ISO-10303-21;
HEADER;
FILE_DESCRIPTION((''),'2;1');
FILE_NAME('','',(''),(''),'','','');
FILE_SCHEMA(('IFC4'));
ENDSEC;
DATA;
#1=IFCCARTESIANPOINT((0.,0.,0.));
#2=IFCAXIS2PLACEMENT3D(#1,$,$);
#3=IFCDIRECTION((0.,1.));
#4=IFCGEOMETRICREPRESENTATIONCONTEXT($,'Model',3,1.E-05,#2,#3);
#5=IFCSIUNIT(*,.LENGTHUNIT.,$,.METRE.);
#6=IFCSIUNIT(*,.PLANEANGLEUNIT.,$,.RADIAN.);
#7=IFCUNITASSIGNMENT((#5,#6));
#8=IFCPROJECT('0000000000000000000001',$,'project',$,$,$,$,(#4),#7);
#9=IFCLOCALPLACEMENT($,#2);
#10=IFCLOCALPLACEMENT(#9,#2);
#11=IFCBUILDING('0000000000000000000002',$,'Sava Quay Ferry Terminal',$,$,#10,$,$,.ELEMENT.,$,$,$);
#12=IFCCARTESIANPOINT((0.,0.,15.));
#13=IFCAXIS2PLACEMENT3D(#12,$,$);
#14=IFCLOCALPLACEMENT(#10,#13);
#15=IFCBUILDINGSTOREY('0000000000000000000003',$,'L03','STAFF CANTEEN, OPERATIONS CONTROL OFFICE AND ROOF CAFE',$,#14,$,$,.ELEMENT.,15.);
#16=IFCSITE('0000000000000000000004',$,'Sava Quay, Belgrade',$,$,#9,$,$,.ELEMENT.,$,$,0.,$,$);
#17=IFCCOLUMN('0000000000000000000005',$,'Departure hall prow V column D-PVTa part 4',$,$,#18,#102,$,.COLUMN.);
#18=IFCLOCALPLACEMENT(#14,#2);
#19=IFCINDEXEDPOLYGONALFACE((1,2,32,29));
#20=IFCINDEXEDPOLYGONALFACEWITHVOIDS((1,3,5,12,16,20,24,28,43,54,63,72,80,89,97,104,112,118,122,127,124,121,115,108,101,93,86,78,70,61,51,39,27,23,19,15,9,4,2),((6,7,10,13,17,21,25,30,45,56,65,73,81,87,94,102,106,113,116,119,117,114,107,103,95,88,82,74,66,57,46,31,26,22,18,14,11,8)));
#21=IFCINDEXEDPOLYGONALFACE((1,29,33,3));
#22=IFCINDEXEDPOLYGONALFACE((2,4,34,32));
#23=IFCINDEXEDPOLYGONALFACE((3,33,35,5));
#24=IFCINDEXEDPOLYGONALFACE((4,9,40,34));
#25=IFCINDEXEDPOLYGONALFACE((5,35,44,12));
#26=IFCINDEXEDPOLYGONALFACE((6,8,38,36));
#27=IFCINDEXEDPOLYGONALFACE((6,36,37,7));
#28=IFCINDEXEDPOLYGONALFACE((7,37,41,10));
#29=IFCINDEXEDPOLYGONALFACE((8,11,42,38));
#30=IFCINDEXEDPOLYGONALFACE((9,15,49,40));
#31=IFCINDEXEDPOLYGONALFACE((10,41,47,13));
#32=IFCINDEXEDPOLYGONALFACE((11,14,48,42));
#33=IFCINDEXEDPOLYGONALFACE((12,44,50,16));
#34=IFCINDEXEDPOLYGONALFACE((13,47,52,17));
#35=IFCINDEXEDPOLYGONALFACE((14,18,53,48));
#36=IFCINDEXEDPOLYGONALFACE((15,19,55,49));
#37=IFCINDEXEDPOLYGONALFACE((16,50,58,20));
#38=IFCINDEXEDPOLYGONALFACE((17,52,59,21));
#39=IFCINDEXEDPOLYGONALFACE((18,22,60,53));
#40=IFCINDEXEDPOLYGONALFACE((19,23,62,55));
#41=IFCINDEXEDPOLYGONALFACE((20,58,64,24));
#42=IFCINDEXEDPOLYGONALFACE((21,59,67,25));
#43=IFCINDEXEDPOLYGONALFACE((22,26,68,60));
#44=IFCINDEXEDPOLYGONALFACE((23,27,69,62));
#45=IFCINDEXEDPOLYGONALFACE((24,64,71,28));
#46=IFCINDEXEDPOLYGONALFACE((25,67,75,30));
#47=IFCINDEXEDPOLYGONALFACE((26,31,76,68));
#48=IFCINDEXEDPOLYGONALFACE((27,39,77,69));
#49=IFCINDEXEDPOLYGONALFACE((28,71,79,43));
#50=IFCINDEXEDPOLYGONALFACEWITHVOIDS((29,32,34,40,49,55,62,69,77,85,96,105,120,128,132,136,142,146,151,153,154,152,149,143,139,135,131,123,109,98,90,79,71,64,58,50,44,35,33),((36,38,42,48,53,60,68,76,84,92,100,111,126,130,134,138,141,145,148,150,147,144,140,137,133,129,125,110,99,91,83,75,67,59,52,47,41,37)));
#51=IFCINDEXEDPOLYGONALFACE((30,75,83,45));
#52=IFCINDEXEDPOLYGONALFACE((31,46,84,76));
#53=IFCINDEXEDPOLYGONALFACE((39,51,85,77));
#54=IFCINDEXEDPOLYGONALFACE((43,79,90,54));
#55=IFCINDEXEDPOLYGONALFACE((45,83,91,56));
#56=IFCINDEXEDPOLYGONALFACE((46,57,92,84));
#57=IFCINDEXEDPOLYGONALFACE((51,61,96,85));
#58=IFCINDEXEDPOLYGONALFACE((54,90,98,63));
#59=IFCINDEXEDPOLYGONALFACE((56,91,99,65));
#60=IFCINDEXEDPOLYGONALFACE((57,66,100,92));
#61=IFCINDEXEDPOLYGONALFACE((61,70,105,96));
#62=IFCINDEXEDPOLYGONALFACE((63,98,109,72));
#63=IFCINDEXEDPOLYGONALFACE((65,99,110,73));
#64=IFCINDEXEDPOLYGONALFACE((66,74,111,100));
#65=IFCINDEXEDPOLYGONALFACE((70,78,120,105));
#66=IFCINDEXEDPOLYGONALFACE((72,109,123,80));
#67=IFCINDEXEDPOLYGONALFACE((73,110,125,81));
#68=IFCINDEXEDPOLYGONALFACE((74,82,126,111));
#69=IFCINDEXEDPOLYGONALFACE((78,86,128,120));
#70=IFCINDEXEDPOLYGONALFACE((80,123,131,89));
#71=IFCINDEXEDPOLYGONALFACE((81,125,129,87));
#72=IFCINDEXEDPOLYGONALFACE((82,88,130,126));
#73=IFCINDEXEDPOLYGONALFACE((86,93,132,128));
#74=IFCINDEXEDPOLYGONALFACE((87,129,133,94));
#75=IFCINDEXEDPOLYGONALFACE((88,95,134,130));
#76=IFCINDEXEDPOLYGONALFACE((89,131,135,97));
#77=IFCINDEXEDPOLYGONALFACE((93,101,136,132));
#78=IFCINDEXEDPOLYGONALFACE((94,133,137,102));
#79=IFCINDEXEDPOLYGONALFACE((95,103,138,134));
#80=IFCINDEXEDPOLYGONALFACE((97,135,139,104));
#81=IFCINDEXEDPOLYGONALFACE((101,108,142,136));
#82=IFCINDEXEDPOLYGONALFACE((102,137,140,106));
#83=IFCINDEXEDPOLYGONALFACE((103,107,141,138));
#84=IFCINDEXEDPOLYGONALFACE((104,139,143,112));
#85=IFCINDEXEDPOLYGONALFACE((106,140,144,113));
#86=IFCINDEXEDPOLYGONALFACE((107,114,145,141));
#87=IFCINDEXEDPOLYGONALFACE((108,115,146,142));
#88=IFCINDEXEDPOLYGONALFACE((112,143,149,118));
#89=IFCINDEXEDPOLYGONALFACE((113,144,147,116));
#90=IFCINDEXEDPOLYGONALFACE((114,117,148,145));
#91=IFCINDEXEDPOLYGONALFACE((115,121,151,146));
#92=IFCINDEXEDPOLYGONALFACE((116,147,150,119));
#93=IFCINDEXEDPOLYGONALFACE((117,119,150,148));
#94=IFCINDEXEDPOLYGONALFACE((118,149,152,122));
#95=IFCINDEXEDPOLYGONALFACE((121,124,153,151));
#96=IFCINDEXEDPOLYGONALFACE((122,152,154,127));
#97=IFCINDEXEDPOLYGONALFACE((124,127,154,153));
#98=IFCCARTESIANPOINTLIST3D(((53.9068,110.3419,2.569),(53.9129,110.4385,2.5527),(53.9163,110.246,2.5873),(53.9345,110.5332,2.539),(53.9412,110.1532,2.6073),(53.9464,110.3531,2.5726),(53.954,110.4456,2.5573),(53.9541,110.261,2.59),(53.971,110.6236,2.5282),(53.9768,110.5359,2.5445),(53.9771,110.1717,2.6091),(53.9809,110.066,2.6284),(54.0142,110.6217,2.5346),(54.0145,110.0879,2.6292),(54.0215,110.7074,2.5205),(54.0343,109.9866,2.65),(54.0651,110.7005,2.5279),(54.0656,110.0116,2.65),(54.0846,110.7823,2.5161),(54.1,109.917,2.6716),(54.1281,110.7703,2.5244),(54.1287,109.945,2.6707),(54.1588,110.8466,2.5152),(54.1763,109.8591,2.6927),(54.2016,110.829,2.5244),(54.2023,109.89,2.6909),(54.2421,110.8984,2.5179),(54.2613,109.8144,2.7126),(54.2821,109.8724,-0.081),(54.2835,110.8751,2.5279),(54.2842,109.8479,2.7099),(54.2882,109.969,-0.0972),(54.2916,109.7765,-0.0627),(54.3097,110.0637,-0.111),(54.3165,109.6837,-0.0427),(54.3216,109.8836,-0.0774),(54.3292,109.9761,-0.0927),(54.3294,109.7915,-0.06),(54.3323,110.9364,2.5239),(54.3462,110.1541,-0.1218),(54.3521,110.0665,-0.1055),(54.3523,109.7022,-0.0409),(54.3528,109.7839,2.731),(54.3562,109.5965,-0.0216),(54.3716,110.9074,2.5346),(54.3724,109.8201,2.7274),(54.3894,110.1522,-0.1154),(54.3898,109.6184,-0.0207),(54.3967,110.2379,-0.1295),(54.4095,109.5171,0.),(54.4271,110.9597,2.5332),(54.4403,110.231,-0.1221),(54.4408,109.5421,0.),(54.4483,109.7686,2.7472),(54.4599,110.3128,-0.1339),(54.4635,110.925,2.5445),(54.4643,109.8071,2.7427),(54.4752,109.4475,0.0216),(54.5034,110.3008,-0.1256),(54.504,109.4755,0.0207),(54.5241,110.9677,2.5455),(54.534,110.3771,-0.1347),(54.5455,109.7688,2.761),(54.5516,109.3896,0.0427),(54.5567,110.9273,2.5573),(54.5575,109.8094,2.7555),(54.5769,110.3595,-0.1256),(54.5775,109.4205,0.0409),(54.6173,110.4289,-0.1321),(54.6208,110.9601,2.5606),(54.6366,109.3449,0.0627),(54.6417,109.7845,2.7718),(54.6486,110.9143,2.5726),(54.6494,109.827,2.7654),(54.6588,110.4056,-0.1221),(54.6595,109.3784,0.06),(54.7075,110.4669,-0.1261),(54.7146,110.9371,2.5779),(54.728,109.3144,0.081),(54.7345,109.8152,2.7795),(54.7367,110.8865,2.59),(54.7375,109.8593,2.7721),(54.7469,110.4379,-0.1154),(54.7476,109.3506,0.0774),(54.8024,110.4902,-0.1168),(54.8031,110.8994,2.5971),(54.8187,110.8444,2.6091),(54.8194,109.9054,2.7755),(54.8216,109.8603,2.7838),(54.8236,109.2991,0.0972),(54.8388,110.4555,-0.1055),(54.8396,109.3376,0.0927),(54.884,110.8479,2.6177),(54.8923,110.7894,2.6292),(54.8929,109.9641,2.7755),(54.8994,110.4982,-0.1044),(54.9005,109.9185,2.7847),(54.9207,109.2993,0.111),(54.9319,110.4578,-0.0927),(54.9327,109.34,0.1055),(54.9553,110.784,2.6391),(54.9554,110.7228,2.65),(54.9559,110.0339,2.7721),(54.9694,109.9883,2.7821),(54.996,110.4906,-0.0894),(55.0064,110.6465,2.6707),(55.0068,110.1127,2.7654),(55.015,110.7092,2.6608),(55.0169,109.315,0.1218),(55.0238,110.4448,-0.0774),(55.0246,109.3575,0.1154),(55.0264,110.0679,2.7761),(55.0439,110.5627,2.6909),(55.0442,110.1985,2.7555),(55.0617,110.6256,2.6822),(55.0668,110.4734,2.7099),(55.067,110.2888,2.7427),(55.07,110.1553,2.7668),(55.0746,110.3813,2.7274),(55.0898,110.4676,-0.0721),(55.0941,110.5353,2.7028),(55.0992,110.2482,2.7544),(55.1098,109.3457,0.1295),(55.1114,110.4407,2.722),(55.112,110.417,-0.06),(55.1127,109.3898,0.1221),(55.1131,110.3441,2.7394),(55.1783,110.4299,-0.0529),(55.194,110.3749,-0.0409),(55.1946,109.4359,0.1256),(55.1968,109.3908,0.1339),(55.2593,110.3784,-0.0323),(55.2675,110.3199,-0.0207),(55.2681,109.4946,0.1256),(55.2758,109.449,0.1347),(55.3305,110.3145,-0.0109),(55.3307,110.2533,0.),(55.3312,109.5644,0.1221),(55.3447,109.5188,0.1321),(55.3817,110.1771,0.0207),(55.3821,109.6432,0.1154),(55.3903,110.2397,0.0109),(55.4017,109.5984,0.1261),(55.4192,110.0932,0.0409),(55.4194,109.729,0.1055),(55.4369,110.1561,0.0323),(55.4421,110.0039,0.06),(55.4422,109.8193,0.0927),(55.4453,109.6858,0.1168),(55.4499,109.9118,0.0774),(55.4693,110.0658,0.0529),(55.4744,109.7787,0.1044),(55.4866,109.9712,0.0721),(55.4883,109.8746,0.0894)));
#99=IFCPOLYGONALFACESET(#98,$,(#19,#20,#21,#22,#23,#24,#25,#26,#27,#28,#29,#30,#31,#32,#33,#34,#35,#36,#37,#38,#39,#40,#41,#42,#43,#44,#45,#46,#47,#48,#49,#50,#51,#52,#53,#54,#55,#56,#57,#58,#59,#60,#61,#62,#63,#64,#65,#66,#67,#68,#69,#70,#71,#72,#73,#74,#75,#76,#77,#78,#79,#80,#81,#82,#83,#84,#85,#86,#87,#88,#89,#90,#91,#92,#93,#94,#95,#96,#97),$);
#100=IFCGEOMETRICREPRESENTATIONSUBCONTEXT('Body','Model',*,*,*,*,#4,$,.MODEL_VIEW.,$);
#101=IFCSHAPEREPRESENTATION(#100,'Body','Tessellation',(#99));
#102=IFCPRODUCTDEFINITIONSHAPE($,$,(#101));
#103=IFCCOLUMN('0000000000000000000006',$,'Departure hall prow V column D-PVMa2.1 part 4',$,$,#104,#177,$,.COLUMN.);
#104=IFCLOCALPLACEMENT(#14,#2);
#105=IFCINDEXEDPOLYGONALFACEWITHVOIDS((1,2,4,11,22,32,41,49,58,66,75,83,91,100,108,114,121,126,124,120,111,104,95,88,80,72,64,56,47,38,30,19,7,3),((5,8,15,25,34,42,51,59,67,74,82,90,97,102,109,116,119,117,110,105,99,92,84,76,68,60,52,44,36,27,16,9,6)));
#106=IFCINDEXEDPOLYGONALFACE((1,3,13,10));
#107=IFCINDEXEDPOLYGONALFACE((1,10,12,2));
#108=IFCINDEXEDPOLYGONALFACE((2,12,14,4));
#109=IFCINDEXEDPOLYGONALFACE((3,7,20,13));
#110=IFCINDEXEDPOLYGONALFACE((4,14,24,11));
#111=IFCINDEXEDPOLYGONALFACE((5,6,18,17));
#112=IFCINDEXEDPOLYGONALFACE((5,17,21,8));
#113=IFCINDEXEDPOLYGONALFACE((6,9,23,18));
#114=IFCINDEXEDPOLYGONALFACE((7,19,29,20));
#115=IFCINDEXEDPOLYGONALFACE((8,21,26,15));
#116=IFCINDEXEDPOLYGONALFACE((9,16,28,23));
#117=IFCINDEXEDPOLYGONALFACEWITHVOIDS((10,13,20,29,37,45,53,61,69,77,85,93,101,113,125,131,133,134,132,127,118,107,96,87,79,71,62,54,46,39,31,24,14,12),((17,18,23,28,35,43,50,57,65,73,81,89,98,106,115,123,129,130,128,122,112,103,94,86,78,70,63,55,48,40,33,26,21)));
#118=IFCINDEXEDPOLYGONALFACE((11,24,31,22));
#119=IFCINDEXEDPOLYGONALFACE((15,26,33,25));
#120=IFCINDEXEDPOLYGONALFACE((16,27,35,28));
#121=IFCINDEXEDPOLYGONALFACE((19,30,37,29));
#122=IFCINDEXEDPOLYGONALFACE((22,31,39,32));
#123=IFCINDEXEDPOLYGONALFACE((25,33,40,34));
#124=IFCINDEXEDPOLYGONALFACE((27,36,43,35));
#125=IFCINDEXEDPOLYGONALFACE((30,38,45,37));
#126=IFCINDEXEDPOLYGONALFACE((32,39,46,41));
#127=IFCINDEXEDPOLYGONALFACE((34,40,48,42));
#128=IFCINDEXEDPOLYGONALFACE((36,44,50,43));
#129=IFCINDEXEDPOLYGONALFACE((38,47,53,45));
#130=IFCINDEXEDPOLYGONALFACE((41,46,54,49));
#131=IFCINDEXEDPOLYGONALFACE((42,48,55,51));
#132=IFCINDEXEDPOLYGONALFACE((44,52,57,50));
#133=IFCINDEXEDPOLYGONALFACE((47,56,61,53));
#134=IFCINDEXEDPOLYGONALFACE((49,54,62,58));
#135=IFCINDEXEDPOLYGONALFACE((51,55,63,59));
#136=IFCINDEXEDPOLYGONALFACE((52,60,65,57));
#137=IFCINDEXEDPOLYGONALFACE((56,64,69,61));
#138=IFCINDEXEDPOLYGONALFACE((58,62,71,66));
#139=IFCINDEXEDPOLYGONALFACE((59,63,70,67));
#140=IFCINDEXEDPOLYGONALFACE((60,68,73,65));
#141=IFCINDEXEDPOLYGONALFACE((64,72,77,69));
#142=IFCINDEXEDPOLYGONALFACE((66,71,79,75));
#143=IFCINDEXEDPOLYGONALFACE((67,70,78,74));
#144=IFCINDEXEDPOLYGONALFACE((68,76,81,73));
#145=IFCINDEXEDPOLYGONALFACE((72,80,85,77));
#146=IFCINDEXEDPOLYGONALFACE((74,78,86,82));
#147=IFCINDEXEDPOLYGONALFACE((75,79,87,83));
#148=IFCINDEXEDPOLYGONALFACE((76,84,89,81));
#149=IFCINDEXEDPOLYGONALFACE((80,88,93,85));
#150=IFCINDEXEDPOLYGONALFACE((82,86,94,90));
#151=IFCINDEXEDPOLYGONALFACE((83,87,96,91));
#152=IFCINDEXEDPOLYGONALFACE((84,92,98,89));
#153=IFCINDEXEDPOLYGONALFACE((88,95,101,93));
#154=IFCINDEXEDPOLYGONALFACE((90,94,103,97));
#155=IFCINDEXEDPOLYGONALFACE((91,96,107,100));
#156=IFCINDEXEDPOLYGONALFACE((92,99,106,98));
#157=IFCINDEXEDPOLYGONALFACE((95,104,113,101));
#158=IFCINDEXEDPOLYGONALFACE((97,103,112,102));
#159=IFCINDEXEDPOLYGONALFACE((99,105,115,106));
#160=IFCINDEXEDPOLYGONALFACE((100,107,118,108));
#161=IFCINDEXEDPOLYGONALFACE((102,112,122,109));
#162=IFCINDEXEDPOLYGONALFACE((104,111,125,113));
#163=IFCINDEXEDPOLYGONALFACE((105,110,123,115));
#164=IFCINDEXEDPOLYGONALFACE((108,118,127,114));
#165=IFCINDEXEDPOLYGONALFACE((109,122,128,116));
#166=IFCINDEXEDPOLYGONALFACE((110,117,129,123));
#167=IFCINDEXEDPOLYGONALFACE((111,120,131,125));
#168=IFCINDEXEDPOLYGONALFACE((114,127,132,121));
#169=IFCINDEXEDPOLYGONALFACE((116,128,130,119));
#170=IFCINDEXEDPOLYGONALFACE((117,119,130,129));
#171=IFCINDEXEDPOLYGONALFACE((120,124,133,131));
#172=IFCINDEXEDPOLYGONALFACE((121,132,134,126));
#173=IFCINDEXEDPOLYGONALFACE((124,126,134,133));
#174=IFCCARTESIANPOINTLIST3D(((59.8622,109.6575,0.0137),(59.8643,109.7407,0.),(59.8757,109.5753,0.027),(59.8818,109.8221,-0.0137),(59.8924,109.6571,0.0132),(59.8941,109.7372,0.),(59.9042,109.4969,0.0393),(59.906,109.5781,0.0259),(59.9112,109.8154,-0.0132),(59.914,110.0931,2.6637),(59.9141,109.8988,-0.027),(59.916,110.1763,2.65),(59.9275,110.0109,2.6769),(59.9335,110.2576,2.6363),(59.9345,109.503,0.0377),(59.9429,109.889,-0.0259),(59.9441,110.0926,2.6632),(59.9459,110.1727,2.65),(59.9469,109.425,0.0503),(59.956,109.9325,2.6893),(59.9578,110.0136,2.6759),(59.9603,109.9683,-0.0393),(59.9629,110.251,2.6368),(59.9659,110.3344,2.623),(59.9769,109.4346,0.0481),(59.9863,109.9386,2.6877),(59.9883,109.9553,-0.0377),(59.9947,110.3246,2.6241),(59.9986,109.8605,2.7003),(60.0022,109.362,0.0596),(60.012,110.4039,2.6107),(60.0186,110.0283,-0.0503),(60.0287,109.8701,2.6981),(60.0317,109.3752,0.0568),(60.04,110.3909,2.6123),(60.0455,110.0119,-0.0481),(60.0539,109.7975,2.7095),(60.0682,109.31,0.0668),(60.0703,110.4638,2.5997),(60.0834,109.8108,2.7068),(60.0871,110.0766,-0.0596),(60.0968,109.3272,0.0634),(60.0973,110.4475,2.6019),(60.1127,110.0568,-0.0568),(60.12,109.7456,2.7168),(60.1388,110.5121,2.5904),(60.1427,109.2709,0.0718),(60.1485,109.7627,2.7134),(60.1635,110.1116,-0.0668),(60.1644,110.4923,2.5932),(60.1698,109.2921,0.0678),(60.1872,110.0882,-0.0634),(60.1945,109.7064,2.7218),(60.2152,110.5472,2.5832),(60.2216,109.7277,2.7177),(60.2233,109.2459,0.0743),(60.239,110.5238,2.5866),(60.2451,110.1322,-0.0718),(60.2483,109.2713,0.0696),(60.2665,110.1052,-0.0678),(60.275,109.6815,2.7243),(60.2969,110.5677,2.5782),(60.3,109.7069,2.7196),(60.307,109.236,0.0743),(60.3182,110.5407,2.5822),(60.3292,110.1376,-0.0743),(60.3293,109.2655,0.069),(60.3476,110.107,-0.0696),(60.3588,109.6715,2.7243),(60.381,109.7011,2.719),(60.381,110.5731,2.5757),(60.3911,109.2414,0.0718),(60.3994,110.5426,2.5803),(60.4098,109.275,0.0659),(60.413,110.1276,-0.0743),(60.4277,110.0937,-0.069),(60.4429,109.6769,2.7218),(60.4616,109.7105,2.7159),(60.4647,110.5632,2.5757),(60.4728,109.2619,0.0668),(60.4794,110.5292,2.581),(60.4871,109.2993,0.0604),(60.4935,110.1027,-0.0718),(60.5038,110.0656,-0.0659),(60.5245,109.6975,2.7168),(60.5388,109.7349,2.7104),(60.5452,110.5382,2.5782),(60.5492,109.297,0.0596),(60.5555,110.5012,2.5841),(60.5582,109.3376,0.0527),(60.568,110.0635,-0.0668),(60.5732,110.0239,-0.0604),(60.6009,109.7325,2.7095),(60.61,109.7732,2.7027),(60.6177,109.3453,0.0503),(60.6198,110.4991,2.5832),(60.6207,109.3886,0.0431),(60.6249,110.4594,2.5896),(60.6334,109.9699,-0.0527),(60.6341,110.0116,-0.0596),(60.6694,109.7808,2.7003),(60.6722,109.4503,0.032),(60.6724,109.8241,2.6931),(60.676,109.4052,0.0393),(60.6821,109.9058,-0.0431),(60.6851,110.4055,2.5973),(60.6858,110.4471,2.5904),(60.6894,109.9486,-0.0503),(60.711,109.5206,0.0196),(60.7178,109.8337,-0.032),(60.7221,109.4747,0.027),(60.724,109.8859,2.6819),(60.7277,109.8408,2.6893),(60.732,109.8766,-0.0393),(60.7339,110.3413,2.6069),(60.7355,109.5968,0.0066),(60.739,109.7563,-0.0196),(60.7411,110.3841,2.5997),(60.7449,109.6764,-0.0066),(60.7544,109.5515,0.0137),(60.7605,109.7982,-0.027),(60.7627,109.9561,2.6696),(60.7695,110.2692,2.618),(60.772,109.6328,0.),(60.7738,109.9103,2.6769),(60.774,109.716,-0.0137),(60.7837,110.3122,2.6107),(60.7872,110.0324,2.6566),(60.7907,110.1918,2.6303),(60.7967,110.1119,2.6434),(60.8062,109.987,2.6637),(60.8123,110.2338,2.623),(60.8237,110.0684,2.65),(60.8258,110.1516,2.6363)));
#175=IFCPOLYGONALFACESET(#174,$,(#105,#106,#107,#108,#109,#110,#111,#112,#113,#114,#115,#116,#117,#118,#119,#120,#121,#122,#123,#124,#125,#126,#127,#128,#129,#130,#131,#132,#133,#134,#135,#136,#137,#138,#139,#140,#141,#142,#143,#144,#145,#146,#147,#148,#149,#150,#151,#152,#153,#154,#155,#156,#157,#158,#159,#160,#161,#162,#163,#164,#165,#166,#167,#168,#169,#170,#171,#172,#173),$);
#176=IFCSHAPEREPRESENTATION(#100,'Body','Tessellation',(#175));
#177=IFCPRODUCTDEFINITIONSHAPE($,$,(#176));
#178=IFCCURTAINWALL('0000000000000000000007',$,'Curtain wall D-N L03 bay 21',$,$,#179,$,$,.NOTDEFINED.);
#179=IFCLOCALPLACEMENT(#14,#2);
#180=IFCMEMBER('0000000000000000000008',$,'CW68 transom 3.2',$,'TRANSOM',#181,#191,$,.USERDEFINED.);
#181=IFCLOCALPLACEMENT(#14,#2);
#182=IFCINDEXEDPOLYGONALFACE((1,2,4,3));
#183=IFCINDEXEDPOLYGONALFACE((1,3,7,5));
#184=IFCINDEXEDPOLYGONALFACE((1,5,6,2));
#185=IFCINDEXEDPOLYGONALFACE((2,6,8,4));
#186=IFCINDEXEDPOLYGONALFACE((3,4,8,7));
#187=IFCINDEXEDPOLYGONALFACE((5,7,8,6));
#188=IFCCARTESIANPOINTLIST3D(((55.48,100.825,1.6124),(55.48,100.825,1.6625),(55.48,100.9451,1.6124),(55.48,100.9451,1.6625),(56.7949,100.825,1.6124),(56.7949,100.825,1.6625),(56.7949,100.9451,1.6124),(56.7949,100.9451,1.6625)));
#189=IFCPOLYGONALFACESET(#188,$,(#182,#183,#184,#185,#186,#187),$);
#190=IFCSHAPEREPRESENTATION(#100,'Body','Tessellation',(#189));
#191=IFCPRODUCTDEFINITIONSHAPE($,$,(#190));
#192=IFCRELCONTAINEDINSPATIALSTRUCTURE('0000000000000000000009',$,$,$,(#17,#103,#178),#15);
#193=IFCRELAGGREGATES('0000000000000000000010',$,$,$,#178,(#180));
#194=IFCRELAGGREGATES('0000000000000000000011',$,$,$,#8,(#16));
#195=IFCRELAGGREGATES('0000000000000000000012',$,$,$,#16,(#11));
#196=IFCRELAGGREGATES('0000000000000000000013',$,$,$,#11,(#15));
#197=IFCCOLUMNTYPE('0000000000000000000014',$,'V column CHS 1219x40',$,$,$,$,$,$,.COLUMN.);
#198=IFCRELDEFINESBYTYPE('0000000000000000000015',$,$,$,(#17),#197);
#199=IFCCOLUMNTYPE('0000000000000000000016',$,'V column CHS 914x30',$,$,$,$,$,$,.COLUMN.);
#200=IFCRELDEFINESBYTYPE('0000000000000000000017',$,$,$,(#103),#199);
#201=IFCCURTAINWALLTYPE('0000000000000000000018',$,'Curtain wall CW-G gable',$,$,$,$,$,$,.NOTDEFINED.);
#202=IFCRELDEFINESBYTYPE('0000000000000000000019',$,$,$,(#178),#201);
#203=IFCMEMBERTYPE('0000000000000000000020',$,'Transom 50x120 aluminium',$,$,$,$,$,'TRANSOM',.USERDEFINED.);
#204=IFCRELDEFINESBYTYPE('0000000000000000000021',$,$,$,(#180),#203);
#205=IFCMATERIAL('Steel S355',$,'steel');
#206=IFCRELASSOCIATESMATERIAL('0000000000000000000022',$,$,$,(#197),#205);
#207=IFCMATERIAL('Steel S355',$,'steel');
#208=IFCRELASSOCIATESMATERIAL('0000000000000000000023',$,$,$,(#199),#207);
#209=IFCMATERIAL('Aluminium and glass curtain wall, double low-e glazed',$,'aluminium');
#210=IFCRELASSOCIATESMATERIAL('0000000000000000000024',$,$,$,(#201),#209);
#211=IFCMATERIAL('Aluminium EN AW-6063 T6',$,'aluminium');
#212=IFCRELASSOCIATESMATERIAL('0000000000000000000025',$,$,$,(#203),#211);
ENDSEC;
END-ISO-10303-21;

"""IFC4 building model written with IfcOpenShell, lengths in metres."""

from ifc_helpers import new_model, si_unit, direction, frame, origin, origin_2d, place, context, subcontext, project, spatial, rectangle, hollow_circle, extrude, material, material_profile, profile_set, type_object, element, aggregate, save


model = new_model("IFC4")

# Units and contexts
model_context = context("Model", 3, precision=1e-05, world=origin(), true_north=direction((0.0, 1.0)))
body_context = subcontext(model_context, "Body", "Model", "MODEL_VIEW")
ifc_project = project(units=[si_unit("LENGTHUNIT", "METRE"), si_unit("PLANEANGLEUNIT", "RADIAN")], contexts=[model_context])

# Site, building, storey
site_placement = place(None, origin())
site = spatial("IfcSite", under=ifc_project, at=site_placement, Name="Sava Quay, Belgrade", CompositionType="ELEMENT", RefElevation=0.0)
building_placement = place(site_placement, origin())
building = spatial("IfcBuilding", under=site, at=building_placement, Name="Sava Quay Ferry Terminal", CompositionType="ELEMENT")
storey_placement = place(building_placement, frame((0.0, 0.0, 15.0)))
storey = spatial("IfcBuildingStorey", under=building, at=storey_placement, Name="L03", Description="STAFF CANTEEN, OPERATIONS CONTROL OFFICE AND ROOF CAFE", CompositionType="ELEMENT", Elevation=15.0)

# Columns
ifc_material_1 = material(Name="Steel S355", Category="steel")
ifc_material_profile_1 = material_profile(ifc_material_1, hollow_circle(Radius=0.6096, WallThickness=0.04, at=origin_2d()), Name="CHS 1219 x 40.0")
ifc_profile_set_1 = profile_set([ifc_material_profile_1], Name="Steel S355")
column_type_1 = type_object("IfcColumnType", Name="V column CHS 1219x40", PredefinedType="COLUMN", material=ifc_profile_set_1)
column_1_placement = place(storey_placement, frame((54.8857, 109.8977, 0.0), z_axis=(-0.138099, 0.172781, 0.975231), x_axis=(-0.781146, -0.624348, 0.0)))
element("IfcColumn", 1, at=column_1_placement, inside=storey, type_object=column_type_1, Name="Departure hall prow V column D-PVTa part 4", PredefinedType="COLUMN", context=body_context, shape_type="SweptSolid", body=[
    extrude(hollow_circle(Radius=0.6096, WallThickness=0.04, at=origin_2d()), origin(), (0.0, 0.0, 1.0), 2.7173),
])
ifc_material_2 = material(Name="Steel S355", Category="steel")
ifc_material_profile_2 = material_profile(ifc_material_2, hollow_circle(Radius=0.457, WallThickness=0.03, at=origin_2d()), Name="CHS 914 x 30.0")
ifc_profile_set_2 = profile_set([ifc_material_profile_2], Name="Steel S355")
column_type_2 = type_object("IfcColumnType", Name="V column CHS 914x30", PredefinedType="COLUMN", material=ifc_profile_set_2)
column_2_placement = place(storey_placement, frame((60.3181, 109.6868, 0.0), z_axis=(0.01927, 0.162157, 0.986577), x_axis=(-0.993013, 0.118004, 0.0)))
element("IfcColumn", 2, at=column_2_placement, inside=storey, type_object=column_type_2, Name="Departure hall prow V column D-PVMa2.1 part 4", PredefinedType="COLUMN", context=body_context, shape_type="SweptSolid", body=[
    extrude(hollow_circle(Radius=0.457, WallThickness=0.03, at=origin_2d()), origin(), (0.0, 0.0, 1.0), 2.686),
])

# Curtain wall, member
ifc_material_3 = material(Name="Aluminium and glass curtain wall, double low-e glazed", Category="aluminium")
curtain_wall_type = type_object("IfcCurtainWallType", Name="Curtain wall CW-G gable", PredefinedType="NOTDEFINED", material=ifc_material_3)
curtain_wall_1_placement = place(storey_placement, origin())
curtain_wall_1 = element("IfcCurtainWall", 3, at=curtain_wall_1_placement, inside=storey, type_object=curtain_wall_type, Name="Curtain wall D-N L03 bay 21", PredefinedType="NOTDEFINED")
ifc_material_4 = material(Name="Aluminium EN AW-6063 T6", Category="aluminium")
ifc_material_profile_3 = material_profile(ifc_material_4, rectangle(XDim=0.1201, YDim=0.05, at=origin_2d()), Name="Transom 50x120 aluminium")
ifc_profile_set_3 = profile_set([ifc_material_profile_3], Name="Aluminium EN AW-6063 T6")
member_type = type_object("IfcMemberType", Name="Transom 50x120 aluminium", ElementType="TRANSOM", PredefinedType="USERDEFINED", material=ifc_profile_set_3)
member_1_placement = place(storey_placement, frame((55.48, 100.885, 1.6375), z_axis=(1.0, 0.0, 0.0), x_axis=(0.0, 1.0, 0.0)))
member_1 = element("IfcMember", 4, at=member_1_placement, type_object=member_type, Name="CW68 transom 3.2", ObjectType="TRANSOM", PredefinedType="USERDEFINED", context=body_context, shape_type="SweptSolid", body=[
    extrude(rectangle(XDim=0.1201, YDim=0.05, at=origin_2d()), origin(), (0.0, 0.0, 1.0), 1.3149),
])

aggregate(curtain_wall_1, [member_1])

save(model, "model.ifc")
